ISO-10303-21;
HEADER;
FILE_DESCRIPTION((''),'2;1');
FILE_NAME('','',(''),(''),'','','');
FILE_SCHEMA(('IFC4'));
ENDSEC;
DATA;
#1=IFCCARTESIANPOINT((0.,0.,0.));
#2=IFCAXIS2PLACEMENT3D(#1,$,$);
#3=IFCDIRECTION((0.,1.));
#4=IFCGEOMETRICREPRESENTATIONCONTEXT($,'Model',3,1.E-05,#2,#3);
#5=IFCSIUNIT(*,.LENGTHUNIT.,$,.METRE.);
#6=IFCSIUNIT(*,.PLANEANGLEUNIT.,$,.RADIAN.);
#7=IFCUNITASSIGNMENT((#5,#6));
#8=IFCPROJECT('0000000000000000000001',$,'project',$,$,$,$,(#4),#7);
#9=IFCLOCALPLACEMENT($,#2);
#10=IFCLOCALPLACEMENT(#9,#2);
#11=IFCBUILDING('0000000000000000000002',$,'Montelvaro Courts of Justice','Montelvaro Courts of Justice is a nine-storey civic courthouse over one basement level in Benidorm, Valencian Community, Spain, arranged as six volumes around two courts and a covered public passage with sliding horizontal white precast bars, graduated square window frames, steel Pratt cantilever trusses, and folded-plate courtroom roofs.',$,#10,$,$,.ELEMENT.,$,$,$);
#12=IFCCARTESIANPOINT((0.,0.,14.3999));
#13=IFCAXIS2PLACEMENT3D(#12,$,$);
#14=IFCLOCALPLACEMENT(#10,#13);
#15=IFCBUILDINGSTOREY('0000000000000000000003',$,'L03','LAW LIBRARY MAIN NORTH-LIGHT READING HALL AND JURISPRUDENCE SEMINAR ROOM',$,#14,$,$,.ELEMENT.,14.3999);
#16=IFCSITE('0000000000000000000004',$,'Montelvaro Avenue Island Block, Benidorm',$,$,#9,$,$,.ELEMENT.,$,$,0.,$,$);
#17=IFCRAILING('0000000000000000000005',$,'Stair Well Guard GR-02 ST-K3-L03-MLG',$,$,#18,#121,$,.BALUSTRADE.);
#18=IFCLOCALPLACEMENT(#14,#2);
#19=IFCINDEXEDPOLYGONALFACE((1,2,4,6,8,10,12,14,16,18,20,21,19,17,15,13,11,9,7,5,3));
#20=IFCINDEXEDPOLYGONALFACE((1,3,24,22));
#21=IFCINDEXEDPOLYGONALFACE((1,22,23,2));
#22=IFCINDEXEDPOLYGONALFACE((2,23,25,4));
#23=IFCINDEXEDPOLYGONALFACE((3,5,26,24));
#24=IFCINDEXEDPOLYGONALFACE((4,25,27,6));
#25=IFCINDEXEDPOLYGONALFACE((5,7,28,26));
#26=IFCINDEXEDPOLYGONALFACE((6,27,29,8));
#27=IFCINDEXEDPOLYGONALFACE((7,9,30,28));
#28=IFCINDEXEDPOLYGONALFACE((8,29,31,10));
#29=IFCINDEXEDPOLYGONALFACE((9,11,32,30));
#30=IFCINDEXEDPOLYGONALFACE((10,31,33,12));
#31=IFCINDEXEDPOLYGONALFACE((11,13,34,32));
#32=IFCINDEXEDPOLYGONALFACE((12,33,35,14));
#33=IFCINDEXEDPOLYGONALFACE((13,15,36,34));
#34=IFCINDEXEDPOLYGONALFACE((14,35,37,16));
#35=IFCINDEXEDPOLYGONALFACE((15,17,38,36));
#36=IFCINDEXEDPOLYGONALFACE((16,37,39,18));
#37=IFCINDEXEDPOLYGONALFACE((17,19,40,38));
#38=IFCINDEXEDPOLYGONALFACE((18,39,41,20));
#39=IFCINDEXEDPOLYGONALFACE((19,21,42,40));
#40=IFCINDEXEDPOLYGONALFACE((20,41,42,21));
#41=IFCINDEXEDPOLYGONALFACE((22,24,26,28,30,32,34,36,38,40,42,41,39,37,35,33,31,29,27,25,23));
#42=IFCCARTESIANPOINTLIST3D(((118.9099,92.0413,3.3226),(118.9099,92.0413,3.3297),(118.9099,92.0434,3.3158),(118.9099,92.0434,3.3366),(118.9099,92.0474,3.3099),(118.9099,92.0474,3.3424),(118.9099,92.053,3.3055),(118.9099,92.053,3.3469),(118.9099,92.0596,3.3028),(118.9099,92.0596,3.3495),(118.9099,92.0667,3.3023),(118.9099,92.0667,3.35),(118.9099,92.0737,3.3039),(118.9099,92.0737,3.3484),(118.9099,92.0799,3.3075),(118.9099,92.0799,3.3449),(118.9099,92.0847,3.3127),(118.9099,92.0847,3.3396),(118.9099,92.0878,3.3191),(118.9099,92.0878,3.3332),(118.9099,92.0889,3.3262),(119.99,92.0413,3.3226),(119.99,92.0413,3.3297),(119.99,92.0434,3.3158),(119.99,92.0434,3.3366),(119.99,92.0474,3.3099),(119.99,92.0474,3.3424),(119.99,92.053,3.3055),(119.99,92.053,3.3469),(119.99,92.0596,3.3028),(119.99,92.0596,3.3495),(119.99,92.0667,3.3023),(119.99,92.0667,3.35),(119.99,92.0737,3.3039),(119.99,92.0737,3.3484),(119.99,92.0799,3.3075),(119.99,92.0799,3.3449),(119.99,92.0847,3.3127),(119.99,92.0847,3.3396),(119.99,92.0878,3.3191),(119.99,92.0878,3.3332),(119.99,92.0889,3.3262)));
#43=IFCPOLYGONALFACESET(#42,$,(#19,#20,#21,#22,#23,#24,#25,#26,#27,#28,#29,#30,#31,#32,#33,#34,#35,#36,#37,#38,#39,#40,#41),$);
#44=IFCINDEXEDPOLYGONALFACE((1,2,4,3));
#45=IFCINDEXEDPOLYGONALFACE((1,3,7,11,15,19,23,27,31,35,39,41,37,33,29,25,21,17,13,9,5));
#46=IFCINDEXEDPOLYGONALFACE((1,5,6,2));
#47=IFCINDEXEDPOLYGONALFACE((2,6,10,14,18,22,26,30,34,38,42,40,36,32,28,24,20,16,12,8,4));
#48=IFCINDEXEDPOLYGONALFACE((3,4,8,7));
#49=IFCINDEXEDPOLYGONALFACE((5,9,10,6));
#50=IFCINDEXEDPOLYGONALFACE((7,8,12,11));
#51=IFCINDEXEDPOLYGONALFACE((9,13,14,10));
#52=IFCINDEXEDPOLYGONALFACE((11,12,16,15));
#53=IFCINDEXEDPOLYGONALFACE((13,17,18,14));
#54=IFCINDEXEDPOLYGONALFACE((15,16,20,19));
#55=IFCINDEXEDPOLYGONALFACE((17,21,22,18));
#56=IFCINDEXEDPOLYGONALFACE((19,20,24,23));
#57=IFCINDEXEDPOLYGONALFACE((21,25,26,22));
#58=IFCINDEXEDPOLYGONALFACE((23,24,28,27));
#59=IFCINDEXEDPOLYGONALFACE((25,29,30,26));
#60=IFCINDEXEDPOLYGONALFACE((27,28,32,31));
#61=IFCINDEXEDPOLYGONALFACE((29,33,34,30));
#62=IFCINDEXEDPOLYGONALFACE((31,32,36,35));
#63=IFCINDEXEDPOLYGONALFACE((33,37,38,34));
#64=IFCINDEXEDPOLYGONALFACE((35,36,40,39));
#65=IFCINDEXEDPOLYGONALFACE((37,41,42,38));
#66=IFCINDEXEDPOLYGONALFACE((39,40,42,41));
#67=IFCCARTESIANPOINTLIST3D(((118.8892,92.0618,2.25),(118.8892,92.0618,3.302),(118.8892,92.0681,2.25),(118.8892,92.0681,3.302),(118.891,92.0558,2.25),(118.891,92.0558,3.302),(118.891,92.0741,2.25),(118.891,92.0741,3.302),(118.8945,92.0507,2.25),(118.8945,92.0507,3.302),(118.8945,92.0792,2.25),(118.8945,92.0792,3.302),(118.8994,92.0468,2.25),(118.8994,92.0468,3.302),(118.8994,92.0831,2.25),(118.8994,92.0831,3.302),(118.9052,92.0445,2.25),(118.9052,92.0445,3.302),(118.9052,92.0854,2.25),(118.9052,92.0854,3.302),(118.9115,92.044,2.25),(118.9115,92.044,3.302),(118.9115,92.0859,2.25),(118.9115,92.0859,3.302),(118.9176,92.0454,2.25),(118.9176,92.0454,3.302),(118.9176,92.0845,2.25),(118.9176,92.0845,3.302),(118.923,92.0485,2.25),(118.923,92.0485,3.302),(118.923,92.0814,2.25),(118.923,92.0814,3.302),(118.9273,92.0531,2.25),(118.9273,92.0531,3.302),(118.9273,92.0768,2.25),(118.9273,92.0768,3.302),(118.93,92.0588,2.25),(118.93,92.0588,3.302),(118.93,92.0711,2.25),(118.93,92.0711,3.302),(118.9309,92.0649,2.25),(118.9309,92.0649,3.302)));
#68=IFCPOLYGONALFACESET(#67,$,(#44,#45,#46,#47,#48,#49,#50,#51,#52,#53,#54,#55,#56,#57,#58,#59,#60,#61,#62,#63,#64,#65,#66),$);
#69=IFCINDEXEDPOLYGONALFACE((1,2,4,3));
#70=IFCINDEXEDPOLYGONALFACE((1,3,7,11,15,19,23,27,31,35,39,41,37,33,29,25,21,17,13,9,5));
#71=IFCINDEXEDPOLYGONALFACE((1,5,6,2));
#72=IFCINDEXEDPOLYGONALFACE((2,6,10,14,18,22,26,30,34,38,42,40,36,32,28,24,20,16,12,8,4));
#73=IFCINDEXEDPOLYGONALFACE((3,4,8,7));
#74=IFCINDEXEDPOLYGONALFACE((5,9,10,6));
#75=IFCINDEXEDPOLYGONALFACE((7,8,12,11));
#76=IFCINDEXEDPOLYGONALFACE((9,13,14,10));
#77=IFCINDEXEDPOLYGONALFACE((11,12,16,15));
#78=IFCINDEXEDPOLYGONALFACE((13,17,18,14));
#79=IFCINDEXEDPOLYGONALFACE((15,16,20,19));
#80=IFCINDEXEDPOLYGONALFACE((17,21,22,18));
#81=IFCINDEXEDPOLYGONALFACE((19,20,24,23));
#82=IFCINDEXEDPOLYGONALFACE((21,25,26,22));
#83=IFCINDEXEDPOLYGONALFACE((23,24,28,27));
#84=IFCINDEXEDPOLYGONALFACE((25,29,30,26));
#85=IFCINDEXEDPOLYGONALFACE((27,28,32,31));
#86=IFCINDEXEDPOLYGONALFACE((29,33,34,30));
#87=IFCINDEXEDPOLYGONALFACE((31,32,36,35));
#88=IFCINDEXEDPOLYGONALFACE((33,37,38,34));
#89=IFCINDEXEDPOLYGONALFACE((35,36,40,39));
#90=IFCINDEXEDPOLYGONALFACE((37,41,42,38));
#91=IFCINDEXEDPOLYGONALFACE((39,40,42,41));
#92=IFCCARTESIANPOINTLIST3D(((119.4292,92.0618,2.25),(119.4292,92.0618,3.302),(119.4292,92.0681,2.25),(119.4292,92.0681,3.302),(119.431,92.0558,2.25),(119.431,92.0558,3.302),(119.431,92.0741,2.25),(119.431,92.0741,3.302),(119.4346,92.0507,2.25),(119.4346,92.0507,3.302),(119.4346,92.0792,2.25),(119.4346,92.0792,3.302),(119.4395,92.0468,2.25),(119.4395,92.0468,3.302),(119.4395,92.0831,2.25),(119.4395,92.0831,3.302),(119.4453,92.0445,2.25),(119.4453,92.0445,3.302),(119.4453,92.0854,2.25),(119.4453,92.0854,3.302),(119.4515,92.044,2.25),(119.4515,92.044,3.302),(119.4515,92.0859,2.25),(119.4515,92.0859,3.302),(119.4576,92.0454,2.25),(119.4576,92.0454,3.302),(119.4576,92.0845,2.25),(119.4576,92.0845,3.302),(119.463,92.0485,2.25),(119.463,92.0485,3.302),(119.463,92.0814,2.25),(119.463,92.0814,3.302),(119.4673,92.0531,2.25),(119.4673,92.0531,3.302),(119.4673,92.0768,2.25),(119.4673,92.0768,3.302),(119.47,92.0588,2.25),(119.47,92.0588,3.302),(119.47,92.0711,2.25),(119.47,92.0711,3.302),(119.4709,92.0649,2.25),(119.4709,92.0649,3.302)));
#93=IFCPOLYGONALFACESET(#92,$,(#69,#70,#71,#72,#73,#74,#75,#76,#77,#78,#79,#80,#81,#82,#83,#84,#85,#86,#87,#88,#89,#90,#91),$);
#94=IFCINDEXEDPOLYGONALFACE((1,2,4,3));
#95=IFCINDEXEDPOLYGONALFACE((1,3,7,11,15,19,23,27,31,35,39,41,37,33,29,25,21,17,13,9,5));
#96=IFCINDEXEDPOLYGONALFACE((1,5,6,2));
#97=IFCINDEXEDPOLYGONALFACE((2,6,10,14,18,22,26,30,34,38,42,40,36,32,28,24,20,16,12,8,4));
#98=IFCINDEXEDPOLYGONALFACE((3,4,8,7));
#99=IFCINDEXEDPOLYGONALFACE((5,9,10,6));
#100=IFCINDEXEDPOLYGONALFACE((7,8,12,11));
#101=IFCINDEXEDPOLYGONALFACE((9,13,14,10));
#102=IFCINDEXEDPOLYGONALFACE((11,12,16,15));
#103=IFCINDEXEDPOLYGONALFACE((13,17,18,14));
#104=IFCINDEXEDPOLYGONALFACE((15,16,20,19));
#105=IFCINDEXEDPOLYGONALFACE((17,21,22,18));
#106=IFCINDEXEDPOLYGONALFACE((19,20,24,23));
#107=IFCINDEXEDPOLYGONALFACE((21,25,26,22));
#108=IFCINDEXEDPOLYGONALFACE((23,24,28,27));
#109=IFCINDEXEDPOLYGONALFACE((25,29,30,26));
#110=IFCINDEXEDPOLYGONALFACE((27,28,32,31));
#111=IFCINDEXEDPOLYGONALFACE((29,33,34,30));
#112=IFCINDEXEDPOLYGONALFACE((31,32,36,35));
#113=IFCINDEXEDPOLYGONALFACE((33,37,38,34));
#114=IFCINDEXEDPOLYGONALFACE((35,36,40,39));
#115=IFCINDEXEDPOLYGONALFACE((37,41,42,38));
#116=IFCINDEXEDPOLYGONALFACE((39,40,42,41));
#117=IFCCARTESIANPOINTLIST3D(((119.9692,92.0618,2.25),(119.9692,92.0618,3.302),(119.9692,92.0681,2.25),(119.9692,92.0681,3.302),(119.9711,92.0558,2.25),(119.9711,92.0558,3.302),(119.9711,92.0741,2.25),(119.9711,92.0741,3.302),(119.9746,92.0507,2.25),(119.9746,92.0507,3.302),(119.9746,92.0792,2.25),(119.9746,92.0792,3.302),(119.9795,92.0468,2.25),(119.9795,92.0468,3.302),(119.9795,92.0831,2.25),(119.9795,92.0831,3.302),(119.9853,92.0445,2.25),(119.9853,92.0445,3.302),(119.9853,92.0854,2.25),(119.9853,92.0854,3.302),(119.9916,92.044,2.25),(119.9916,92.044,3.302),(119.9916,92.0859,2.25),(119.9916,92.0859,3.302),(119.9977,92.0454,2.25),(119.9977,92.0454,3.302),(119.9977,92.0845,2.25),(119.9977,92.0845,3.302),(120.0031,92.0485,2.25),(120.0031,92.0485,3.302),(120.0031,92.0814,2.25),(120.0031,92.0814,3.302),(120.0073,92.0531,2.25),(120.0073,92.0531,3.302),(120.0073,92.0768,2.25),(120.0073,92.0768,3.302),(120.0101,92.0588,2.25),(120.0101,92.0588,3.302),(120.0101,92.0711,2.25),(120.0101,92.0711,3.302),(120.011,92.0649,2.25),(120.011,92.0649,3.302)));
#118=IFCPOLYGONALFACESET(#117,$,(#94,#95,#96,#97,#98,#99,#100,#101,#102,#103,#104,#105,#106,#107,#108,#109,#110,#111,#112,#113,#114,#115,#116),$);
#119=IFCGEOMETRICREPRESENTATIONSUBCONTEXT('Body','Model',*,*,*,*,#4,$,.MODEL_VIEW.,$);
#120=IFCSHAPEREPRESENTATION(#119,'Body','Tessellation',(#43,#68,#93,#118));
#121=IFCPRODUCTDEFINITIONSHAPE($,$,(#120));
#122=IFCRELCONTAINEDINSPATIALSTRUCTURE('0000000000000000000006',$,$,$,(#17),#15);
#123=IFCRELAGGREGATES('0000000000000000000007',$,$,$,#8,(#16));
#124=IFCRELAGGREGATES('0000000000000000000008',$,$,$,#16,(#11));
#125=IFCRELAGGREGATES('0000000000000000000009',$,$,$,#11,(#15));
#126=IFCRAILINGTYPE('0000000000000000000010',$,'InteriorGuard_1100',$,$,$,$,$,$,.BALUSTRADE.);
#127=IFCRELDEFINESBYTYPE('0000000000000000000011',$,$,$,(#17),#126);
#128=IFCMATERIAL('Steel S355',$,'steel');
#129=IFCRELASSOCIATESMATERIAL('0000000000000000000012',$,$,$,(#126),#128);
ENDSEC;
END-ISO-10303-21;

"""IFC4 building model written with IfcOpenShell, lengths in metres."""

from ifc_helpers import new_model, si_unit, direction, frame, origin, origin_2d, place, context, subcontext, project, spatial, circle, extrude, material, type_object, element, save


model = new_model("IFC4")

# Units and contexts
model_context = context("Model", 3, precision=1e-05, world=origin(), true_north=direction((0.0, 1.0)))
body_context = subcontext(model_context, "Body", "Model", "MODEL_VIEW")
ifc_project = project(units=[si_unit("LENGTHUNIT", "METRE"), si_unit("PLANEANGLEUNIT", "RADIAN")], contexts=[model_context])

# Site, building, storey
site_placement = place(None, origin())
site = spatial("IfcSite", under=ifc_project, at=site_placement, Name="Montelvaro Avenue Island Block, Benidorm", CompositionType="ELEMENT", RefElevation=0.0)
building_placement = place(site_placement, origin())
building = spatial("IfcBuilding", under=site, at=building_placement, Name="Montelvaro Courts of Justice", Description="Montelvaro Courts of Justice is a nine-storey civic courthouse over one basement level in Benidorm, Valencian Community, Spain, arranged as six volumes around two courts and a covered public passage with sliding horizontal white precast bars, graduated square window frames, steel Pratt cantilever trusses, and folded-plate courtroom roofs.", CompositionType="ELEMENT")
storey_placement = place(building_placement, frame((0.0, 0.0, 14.3999)))
storey = spatial("IfcBuildingStorey", under=building, at=storey_placement, Name="L03", Description="LAW LIBRARY MAIN NORTH-LIGHT READING HALL AND JURISPRUDENCE SEMINAR ROOM", CompositionType="ELEMENT", Elevation=14.3999)

# Shared definitions
ifc_material_1 = material(Name="Steel S355", Category="steel")

# Railing
railing_type_1 = type_object("IfcRailingType", Name="InteriorGuard_1100", PredefinedType="BALUSTRADE", material=ifc_material_1)
railing_1_placement = place(storey_placement, frame((118.9099, 92.0649, 2.25)))
element("IfcRailing", 1, at=railing_1_placement, inside=storey, type_object=railing_type_1, Name="Stair Well Guard GR-02 ST-K3-L03-MLG", PredefinedType="BALUSTRADE", context=body_context, shape_type="SweptSolid", body=[
    extrude(circle(Radius=0.0239, at=origin_2d()), frame((0.0, 0.0, 1.0762), z_axis=(1.0, 0.0, 0.0), x_axis=(0.0, 1.0, 0.0)), (0.0, 0.0, 1.0), 1.0801),
    extrude(circle(Radius=0.021, at=origin_2d()), origin(), (0.0, 0.0, 1.0), 1.052),
    extrude(circle(Radius=0.021, at=origin_2d()), frame((0.54, 0.0, 0.0)), (0.0, 0.0, 1.0), 1.052),
    extrude(circle(Radius=0.021, at=origin_2d()), frame((1.0801, 0.0, 0.0)), (0.0, 0.0, 1.0), 1.052),
])

save(model, "model.ifc")
